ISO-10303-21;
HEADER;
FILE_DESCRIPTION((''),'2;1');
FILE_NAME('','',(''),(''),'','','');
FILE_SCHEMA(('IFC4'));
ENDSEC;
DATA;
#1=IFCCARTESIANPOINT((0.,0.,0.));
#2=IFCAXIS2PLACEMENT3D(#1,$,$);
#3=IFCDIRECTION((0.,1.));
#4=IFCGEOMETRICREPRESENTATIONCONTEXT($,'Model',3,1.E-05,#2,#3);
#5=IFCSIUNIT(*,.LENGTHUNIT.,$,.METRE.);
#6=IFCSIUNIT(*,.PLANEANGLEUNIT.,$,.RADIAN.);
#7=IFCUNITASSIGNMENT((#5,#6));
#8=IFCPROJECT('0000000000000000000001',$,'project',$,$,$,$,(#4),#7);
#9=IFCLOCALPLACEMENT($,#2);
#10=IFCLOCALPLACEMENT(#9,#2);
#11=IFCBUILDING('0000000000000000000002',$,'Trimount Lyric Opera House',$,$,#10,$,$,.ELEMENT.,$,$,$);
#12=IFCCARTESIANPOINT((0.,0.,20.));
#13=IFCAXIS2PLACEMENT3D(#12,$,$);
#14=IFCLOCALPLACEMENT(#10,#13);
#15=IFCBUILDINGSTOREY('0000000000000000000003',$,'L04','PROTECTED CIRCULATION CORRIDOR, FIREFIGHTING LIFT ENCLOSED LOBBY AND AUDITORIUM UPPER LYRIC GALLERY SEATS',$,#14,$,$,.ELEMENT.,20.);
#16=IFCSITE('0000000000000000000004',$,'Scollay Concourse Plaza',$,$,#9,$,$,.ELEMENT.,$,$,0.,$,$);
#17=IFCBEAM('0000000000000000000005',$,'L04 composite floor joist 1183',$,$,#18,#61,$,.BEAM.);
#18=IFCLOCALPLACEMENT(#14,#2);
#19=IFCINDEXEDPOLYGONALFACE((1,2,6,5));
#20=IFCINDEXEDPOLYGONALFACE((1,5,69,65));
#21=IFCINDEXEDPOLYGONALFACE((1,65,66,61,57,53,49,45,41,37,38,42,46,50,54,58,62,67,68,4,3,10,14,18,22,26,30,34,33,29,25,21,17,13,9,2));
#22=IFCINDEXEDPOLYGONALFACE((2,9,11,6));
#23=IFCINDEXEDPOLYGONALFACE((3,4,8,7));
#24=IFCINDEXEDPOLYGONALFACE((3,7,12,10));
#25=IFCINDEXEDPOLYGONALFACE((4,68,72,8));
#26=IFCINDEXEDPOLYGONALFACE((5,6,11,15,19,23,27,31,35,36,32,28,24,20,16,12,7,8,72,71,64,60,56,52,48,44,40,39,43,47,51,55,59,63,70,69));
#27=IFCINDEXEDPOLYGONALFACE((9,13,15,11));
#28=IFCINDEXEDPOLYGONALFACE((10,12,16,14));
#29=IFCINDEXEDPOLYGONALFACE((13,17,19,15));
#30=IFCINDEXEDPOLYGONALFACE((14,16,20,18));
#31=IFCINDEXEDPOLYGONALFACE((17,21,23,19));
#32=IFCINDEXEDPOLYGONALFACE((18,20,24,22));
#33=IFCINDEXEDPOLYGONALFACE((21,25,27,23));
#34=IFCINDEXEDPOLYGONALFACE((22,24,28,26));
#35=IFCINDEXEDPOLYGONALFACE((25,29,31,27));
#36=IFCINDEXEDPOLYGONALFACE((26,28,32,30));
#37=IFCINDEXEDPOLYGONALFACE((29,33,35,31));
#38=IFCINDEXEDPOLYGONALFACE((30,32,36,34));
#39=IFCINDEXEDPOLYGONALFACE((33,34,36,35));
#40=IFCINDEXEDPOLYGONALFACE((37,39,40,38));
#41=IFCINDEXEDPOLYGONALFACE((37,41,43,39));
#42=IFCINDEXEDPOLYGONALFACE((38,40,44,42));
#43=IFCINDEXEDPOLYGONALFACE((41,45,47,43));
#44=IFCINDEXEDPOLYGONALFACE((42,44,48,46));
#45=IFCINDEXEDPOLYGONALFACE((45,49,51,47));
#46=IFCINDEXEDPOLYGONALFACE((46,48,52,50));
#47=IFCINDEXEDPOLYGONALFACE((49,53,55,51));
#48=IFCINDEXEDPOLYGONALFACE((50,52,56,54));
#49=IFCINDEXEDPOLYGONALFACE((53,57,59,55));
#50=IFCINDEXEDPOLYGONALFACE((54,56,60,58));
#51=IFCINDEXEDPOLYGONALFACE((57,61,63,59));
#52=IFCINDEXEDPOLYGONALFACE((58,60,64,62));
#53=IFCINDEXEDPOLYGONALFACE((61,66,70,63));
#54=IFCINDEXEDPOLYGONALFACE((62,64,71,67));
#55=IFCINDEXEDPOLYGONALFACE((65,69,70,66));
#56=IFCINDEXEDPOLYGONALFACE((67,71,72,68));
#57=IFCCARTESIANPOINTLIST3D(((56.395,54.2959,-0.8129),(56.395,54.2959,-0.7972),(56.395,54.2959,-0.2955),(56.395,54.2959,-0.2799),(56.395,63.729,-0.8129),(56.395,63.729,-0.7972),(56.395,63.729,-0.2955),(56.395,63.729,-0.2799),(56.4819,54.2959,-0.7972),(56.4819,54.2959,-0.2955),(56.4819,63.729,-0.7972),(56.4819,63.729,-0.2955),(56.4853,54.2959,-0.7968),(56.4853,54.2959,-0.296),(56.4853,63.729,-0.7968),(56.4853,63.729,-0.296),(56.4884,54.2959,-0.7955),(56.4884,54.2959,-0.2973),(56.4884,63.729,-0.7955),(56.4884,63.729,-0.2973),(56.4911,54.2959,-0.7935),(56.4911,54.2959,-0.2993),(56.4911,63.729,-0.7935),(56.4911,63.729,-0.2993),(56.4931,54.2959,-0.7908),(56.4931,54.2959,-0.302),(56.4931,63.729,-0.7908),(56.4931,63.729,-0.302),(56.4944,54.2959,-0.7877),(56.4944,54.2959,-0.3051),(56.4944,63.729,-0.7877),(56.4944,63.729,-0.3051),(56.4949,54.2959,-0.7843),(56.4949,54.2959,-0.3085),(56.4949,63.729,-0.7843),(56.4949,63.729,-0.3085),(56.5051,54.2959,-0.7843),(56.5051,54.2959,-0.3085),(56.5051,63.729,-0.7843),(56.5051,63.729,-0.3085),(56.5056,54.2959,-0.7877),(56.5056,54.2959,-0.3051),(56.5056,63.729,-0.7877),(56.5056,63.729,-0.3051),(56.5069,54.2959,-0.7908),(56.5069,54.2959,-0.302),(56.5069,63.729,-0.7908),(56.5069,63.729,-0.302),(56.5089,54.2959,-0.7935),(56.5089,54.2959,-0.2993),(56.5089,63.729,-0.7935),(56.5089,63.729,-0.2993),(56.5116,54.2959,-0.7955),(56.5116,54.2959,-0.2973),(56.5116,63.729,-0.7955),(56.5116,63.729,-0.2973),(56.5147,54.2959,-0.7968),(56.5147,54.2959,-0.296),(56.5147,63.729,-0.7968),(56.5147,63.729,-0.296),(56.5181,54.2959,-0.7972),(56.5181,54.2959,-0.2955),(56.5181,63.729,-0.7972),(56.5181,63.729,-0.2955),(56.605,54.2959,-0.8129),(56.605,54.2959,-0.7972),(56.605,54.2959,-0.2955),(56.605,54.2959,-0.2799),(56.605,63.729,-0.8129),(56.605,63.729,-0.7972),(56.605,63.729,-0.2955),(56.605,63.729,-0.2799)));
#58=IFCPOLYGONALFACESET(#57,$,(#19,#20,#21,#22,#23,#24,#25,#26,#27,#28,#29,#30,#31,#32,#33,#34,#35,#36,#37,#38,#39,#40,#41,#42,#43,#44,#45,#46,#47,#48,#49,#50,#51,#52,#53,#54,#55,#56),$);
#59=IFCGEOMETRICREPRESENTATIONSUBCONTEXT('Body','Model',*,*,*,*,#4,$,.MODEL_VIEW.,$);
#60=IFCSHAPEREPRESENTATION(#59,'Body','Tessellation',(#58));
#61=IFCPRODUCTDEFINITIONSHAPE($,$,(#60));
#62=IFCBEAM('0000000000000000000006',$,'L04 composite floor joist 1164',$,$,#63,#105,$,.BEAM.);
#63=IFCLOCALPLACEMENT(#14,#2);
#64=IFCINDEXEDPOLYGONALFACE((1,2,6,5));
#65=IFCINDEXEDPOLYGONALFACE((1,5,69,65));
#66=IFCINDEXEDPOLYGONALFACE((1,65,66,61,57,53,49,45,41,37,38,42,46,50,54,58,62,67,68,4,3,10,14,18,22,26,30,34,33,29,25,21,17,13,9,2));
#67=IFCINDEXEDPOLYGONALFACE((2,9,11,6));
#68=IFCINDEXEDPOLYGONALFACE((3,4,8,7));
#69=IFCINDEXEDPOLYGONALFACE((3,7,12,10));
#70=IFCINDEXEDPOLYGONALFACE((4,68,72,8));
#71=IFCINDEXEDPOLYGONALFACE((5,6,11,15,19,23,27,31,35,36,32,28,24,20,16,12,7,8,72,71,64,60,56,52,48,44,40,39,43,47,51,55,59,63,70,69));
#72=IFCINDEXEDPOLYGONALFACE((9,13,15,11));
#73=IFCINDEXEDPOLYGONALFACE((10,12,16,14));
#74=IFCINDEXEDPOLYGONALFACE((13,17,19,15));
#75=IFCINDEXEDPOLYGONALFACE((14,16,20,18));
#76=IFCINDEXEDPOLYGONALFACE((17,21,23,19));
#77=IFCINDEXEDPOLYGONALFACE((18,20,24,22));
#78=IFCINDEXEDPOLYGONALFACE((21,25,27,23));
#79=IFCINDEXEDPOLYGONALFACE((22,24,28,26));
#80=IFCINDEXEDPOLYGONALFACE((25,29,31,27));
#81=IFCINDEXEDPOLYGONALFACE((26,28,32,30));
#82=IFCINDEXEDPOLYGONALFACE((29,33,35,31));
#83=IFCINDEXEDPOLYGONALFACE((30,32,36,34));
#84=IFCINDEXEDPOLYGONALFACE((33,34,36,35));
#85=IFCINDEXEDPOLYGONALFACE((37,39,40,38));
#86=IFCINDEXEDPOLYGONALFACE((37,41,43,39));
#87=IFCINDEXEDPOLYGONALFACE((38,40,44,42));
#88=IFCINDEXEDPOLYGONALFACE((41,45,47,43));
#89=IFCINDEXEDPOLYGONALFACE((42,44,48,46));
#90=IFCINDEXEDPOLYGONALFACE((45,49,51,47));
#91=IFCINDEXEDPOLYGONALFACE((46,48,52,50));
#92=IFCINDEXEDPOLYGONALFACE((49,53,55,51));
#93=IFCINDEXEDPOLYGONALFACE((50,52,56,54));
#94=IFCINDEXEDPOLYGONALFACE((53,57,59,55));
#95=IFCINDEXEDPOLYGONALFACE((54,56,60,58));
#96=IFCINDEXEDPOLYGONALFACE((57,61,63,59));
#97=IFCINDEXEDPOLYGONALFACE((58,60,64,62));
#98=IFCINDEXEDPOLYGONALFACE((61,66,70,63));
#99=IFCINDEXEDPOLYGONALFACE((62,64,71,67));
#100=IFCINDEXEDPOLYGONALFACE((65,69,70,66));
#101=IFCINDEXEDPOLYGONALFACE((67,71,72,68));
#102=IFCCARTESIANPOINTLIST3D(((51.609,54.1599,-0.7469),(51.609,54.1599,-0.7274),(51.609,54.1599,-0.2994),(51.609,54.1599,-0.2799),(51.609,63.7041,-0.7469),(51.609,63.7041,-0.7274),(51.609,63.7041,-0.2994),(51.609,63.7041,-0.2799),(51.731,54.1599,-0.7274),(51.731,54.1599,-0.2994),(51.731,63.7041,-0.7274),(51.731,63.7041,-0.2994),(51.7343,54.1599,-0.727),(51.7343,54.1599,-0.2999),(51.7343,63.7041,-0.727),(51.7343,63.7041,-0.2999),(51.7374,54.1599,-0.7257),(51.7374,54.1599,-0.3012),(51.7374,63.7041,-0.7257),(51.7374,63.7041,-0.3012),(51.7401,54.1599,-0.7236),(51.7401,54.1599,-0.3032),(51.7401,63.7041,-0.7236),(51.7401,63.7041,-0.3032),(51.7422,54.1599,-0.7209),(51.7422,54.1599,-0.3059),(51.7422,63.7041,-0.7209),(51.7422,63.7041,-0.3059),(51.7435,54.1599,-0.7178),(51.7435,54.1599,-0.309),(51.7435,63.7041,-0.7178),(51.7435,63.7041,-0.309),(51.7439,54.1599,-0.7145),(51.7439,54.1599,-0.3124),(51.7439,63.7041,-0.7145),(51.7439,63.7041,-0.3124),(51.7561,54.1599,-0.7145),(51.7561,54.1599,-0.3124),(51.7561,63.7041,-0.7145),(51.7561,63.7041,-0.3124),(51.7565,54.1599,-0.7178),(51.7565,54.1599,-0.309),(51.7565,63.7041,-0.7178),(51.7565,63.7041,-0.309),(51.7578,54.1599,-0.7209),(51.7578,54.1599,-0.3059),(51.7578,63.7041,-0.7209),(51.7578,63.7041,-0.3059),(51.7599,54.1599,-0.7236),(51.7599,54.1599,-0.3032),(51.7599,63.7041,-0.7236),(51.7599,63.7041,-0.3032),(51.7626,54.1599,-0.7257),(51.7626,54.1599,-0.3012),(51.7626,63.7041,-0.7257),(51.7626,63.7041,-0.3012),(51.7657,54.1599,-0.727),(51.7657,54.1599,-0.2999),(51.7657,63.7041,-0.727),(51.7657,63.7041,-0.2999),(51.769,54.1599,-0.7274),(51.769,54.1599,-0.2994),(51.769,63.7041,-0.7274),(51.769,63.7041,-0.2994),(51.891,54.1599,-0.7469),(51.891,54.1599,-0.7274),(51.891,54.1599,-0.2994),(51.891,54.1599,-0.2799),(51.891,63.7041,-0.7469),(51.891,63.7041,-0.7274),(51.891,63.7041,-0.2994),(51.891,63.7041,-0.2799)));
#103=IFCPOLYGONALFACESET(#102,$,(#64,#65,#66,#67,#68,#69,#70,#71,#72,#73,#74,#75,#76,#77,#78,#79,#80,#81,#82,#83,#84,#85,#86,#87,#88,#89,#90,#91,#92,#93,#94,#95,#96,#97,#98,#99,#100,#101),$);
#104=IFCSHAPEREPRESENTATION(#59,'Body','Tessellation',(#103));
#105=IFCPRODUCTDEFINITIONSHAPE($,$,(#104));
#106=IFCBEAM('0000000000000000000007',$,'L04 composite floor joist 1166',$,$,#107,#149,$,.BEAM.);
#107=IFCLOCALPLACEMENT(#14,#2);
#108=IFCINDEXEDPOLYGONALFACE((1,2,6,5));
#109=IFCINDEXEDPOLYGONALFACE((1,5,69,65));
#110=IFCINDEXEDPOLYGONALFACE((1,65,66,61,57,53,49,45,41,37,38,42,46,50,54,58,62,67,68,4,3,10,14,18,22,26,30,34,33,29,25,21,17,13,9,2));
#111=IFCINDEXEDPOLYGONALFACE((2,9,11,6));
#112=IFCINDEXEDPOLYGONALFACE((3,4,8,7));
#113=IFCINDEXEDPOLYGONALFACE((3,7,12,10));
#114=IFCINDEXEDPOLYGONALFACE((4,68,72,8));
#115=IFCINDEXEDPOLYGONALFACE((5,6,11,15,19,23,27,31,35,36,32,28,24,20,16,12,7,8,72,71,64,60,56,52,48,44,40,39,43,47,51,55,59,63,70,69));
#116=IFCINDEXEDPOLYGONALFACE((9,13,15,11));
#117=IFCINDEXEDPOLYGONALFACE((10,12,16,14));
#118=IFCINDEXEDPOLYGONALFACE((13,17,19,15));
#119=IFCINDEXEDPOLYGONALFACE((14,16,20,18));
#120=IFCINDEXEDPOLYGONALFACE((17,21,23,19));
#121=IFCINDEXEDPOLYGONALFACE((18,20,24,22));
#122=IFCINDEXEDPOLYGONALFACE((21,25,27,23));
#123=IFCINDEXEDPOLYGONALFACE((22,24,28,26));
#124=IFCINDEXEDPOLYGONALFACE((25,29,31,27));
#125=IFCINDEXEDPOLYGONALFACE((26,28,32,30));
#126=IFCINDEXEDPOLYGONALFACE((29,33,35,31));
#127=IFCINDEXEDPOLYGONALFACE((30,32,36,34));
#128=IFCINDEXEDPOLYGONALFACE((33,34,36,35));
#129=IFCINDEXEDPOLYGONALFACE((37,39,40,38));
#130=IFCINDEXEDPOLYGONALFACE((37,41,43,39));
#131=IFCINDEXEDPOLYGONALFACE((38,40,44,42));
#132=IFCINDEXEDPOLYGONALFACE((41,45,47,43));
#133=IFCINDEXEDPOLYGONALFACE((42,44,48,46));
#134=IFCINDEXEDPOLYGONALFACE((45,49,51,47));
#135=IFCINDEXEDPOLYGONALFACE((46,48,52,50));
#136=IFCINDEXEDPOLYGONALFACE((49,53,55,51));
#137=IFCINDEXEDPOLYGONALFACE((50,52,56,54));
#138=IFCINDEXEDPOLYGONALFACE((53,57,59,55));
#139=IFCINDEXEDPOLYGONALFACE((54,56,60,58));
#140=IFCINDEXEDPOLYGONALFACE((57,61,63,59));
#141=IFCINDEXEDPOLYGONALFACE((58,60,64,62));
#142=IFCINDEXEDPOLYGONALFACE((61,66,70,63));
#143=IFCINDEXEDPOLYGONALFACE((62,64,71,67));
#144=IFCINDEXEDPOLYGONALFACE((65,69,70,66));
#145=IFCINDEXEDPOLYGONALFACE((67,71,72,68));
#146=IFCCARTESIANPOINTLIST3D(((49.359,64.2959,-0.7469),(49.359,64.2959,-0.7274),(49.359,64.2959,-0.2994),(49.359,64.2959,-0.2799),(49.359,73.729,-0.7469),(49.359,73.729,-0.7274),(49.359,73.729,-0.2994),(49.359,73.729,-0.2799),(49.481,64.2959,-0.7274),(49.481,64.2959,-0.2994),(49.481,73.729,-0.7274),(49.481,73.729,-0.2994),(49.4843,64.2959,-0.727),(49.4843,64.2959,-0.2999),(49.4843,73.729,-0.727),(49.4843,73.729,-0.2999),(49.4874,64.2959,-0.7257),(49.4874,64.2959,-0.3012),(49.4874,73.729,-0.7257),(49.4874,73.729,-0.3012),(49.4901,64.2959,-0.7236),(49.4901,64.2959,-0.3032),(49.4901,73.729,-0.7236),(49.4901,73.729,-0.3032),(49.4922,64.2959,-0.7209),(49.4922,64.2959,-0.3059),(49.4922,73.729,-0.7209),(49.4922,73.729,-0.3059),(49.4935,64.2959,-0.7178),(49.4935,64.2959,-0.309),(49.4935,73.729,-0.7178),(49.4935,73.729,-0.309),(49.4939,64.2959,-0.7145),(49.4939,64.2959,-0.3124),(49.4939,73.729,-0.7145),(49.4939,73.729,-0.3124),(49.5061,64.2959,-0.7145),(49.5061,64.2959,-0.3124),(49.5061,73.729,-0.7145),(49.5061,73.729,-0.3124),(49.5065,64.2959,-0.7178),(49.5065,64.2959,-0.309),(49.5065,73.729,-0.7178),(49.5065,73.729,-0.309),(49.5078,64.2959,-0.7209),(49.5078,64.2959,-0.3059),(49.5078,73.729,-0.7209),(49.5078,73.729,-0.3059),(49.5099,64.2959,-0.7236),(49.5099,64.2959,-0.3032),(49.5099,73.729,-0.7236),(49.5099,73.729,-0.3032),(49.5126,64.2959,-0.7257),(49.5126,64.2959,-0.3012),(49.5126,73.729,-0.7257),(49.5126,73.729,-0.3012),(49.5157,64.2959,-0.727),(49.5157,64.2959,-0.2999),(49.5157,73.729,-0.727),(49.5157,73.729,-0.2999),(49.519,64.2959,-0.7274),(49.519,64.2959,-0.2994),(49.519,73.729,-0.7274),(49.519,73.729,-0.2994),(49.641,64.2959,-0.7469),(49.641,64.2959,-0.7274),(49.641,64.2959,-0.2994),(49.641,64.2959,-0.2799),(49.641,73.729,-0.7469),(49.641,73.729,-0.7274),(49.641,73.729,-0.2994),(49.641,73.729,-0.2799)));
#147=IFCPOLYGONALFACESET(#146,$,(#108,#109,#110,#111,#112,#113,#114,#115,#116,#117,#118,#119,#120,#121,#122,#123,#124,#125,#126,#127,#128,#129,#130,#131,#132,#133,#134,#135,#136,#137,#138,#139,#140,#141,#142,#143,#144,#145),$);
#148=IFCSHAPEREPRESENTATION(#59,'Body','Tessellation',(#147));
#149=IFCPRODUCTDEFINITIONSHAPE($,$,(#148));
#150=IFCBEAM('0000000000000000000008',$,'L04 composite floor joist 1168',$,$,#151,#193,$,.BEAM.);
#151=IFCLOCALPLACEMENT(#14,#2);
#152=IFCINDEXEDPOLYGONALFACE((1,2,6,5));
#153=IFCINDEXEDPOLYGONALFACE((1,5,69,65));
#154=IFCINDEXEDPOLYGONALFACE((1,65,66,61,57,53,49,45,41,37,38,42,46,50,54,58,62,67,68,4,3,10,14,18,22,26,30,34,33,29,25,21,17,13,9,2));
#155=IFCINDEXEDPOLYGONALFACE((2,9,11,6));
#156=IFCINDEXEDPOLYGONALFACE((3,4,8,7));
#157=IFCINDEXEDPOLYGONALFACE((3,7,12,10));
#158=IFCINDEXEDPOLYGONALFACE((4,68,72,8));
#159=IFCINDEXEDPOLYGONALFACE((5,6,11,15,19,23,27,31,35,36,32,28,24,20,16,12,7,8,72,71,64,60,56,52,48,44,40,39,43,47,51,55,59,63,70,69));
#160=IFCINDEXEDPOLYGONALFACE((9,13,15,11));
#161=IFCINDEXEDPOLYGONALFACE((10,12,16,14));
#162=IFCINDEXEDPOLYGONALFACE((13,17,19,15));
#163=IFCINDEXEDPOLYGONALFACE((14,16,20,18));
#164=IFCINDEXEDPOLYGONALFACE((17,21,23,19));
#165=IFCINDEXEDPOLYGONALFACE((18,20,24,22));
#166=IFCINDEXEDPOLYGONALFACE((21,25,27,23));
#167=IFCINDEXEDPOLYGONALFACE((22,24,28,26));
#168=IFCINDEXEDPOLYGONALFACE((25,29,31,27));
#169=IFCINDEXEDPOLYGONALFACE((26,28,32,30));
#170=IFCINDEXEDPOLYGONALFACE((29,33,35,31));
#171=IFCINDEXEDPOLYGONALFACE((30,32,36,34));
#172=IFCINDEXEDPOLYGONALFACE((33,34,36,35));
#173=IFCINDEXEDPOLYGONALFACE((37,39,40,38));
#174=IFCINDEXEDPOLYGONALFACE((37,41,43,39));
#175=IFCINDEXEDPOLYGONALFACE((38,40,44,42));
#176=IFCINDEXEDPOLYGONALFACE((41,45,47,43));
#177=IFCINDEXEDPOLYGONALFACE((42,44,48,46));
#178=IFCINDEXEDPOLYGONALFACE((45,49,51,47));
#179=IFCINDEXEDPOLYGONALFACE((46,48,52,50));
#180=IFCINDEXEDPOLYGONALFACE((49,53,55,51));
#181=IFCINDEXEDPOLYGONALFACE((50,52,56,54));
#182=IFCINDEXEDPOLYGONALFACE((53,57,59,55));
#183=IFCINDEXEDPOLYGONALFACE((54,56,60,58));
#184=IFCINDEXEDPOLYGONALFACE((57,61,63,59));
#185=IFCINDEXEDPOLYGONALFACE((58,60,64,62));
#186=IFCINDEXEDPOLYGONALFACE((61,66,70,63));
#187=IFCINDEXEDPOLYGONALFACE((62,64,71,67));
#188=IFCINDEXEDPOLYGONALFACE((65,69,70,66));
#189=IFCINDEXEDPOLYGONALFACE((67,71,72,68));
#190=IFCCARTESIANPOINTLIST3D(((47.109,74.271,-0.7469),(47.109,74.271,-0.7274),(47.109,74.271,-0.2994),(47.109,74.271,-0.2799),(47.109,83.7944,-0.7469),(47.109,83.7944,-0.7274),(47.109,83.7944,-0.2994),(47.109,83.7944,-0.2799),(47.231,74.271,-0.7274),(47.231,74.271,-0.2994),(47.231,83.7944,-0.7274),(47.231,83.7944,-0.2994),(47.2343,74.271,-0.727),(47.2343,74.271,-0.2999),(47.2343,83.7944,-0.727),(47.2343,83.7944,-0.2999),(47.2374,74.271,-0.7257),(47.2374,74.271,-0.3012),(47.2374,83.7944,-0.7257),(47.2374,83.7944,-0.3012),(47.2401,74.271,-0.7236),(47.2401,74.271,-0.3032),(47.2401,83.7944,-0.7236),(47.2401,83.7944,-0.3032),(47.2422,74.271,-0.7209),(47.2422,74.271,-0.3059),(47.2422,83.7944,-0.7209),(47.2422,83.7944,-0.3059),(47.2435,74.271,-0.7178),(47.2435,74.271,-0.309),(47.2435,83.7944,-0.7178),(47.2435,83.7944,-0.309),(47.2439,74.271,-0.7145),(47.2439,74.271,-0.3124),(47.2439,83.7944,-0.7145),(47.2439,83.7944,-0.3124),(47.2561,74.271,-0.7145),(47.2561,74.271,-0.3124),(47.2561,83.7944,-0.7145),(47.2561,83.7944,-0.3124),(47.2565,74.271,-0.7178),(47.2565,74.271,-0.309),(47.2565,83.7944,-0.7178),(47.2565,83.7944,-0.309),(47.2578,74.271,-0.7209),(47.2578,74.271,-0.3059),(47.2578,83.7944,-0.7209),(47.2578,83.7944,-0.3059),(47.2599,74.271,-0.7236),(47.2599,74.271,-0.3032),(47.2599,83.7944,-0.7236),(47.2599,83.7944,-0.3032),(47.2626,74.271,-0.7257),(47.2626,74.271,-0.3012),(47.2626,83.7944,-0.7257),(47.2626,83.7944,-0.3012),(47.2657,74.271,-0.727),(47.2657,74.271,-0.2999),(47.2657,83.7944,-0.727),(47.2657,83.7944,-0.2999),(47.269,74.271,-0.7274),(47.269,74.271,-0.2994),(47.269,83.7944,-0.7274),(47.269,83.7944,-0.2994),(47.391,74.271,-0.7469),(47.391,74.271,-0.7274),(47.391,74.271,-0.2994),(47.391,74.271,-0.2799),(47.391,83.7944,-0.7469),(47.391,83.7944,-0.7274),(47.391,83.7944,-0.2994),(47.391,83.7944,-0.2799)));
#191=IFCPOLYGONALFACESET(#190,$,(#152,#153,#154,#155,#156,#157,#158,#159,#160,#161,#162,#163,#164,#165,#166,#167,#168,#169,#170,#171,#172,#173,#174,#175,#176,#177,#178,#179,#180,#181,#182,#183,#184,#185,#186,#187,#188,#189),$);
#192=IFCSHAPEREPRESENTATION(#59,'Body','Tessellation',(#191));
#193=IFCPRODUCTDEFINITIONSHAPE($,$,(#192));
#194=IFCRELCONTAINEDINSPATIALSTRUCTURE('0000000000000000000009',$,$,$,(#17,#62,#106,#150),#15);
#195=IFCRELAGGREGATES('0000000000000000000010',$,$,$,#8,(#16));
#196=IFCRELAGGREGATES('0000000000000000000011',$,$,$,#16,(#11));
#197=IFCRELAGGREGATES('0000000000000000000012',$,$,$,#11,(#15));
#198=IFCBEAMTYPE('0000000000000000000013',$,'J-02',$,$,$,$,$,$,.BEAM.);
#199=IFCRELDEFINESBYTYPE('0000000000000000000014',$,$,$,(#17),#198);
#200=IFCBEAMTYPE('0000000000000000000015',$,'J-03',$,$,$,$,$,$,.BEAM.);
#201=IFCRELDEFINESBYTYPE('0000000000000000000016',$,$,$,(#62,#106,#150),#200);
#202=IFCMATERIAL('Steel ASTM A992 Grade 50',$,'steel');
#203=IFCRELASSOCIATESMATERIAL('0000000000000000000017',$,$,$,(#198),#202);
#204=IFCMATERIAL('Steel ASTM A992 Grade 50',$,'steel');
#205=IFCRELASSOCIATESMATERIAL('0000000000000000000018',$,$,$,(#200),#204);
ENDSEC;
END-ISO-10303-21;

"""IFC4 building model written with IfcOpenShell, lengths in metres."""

from ifc_helpers import new_model, si_unit, direction, frame, origin, origin_2d, place, context, subcontext, project, spatial, i_section, extrude, material, material_profile, profile_set, type_object, element, save


model = new_model("IFC4")

# Units and contexts
model_context = context("Model", 3, precision=1e-05, world=origin(), true_north=direction((0.0, 1.0)))
body_context = subcontext(model_context, "Body", "Model", "MODEL_VIEW")
ifc_project = project(units=[si_unit("LENGTHUNIT", "METRE"), si_unit("PLANEANGLEUNIT", "RADIAN")], contexts=[model_context])

# Site, building, storey
site_placement = place(None, origin())
site = spatial("IfcSite", under=ifc_project, at=site_placement, Name="Scollay Concourse Plaza", CompositionType="ELEMENT", RefElevation=0.0)
building_placement = place(site_placement, origin())
building = spatial("IfcBuilding", under=site, at=building_placement, Name="Trimount Lyric Opera House", CompositionType="ELEMENT")
storey_placement = place(building_placement, frame((0.0, 0.0, 20.0)))
storey = spatial("IfcBuildingStorey", under=building, at=storey_placement, Name="L04", Description="PROTECTED CIRCULATION CORRIDOR, FIREFIGHTING LIFT ENCLOSED LOBBY AND AUDITORIUM UPPER LYRIC GALLERY SEATS", CompositionType="ELEMENT", Elevation=20.0)

# Beams
ifc_material_1 = material(Name="Steel ASTM A992 Grade 50", Category="steel")
ifc_material_profile_1 = material_profile(ifc_material_1, i_section(OverallWidth=0.21, OverallDepth=0.533, WebThickness=0.0103, FlangeThickness=0.0156, FilletRadius=0.0129, at=origin_2d()), Name="W21X62")
ifc_profile_set_1 = profile_set([ifc_material_profile_1], Name="Steel ASTM A992 Grade 50")
beam_type_1 = type_object("IfcBeamType", Name="J-02", PredefinedType="BEAM", material=ifc_profile_set_1)
for number, where, z_axis, x_axis, name in (
    (1, (56.5, 54.2959, -0.5464), (0.0, 1.0, 0.0), (-1.0, 0.0, 0.0), "L04 composite floor joist 1183"),
):
    element("IfcBeam", number, at=place(storey_placement, frame(where, z_axis=z_axis, x_axis=x_axis)), inside=storey, type_object=beam_type_1, Name=name, PredefinedType="BEAM", context=body_context, shape_type="SweptSolid", body=[
        extrude(i_section(OverallWidth=0.21, OverallDepth=0.533, WebThickness=0.0103, FlangeThickness=0.0156, FilletRadius=0.0129, at=origin_2d()), origin(), (0.0, 0.0, 1.0), 9.4331),
    ])
ifc_material_2 = material(Name="Steel ASTM A992 Grade 50", Category="steel")
ifc_material_profile_2 = material_profile(ifc_material_2, i_section(OverallWidth=0.282, OverallDepth=0.467, WebThickness=0.0122, FlangeThickness=0.0195, FilletRadius=0.0129, at=origin_2d()), Name="W18X86")
ifc_profile_set_2 = profile_set([ifc_material_profile_2], Name="Steel ASTM A992 Grade 50")
beam_type_2 = type_object("IfcBeamType", Name="J-03", PredefinedType="BEAM", material=ifc_profile_set_2)
beam_1_placement = place(storey_placement, frame((51.75, 54.1599, -0.5134), z_axis=(0.0, 1.0, 0.0), x_axis=(-1.0, 0.0, 0.0)))
element("IfcBeam", 2, at=beam_1_placement, inside=storey, type_object=beam_type_2, Name="L04 composite floor joist 1164", PredefinedType="BEAM", context=body_context, shape_type="SweptSolid", body=[
    extrude(i_section(OverallWidth=0.282, OverallDepth=0.467, WebThickness=0.0122, FlangeThickness=0.0195, FilletRadius=0.0129, at=origin_2d()), origin(), (0.0, 0.0, 1.0), 9.5442),
])
beam_2_placement = place(storey_placement, frame((49.5, 64.2959, -0.5134), z_axis=(0.0, 1.0, 0.0), x_axis=(-1.0, 0.0, 0.0)))
element("IfcBeam", 3, at=beam_2_placement, inside=storey, type_object=beam_type_2, Name="L04 composite floor joist 1166", PredefinedType="BEAM", context=body_context, shape_type="SweptSolid", body=[
    extrude(i_section(OverallWidth=0.282, OverallDepth=0.467, WebThickness=0.0122, FlangeThickness=0.0195, FilletRadius=0.0129, at=origin_2d()), origin(), (0.0, 0.0, 1.0), 9.4331),
])
for number, where, z_axis, x_axis, name in (
    (4, (47.25, 74.271, -0.5134), (0.0, 1.0, 0.0), (-1.0, 0.0, 0.0), "L04 composite floor joist 1168"),
):
    element("IfcBeam", number, at=place(storey_placement, frame(where, z_axis=z_axis, x_axis=x_axis)), inside=storey, type_object=beam_type_2, Name=name, PredefinedType="BEAM", context=body_context, shape_type="SweptSolid", body=[
        extrude(i_section(OverallWidth=0.282, OverallDepth=0.467, WebThickness=0.0122, FlangeThickness=0.0195, FilletRadius=0.0129, at=origin_2d()), origin(), (0.0, 0.0, 1.0), 9.5234),
    ])

save(model, "model.ifc")
